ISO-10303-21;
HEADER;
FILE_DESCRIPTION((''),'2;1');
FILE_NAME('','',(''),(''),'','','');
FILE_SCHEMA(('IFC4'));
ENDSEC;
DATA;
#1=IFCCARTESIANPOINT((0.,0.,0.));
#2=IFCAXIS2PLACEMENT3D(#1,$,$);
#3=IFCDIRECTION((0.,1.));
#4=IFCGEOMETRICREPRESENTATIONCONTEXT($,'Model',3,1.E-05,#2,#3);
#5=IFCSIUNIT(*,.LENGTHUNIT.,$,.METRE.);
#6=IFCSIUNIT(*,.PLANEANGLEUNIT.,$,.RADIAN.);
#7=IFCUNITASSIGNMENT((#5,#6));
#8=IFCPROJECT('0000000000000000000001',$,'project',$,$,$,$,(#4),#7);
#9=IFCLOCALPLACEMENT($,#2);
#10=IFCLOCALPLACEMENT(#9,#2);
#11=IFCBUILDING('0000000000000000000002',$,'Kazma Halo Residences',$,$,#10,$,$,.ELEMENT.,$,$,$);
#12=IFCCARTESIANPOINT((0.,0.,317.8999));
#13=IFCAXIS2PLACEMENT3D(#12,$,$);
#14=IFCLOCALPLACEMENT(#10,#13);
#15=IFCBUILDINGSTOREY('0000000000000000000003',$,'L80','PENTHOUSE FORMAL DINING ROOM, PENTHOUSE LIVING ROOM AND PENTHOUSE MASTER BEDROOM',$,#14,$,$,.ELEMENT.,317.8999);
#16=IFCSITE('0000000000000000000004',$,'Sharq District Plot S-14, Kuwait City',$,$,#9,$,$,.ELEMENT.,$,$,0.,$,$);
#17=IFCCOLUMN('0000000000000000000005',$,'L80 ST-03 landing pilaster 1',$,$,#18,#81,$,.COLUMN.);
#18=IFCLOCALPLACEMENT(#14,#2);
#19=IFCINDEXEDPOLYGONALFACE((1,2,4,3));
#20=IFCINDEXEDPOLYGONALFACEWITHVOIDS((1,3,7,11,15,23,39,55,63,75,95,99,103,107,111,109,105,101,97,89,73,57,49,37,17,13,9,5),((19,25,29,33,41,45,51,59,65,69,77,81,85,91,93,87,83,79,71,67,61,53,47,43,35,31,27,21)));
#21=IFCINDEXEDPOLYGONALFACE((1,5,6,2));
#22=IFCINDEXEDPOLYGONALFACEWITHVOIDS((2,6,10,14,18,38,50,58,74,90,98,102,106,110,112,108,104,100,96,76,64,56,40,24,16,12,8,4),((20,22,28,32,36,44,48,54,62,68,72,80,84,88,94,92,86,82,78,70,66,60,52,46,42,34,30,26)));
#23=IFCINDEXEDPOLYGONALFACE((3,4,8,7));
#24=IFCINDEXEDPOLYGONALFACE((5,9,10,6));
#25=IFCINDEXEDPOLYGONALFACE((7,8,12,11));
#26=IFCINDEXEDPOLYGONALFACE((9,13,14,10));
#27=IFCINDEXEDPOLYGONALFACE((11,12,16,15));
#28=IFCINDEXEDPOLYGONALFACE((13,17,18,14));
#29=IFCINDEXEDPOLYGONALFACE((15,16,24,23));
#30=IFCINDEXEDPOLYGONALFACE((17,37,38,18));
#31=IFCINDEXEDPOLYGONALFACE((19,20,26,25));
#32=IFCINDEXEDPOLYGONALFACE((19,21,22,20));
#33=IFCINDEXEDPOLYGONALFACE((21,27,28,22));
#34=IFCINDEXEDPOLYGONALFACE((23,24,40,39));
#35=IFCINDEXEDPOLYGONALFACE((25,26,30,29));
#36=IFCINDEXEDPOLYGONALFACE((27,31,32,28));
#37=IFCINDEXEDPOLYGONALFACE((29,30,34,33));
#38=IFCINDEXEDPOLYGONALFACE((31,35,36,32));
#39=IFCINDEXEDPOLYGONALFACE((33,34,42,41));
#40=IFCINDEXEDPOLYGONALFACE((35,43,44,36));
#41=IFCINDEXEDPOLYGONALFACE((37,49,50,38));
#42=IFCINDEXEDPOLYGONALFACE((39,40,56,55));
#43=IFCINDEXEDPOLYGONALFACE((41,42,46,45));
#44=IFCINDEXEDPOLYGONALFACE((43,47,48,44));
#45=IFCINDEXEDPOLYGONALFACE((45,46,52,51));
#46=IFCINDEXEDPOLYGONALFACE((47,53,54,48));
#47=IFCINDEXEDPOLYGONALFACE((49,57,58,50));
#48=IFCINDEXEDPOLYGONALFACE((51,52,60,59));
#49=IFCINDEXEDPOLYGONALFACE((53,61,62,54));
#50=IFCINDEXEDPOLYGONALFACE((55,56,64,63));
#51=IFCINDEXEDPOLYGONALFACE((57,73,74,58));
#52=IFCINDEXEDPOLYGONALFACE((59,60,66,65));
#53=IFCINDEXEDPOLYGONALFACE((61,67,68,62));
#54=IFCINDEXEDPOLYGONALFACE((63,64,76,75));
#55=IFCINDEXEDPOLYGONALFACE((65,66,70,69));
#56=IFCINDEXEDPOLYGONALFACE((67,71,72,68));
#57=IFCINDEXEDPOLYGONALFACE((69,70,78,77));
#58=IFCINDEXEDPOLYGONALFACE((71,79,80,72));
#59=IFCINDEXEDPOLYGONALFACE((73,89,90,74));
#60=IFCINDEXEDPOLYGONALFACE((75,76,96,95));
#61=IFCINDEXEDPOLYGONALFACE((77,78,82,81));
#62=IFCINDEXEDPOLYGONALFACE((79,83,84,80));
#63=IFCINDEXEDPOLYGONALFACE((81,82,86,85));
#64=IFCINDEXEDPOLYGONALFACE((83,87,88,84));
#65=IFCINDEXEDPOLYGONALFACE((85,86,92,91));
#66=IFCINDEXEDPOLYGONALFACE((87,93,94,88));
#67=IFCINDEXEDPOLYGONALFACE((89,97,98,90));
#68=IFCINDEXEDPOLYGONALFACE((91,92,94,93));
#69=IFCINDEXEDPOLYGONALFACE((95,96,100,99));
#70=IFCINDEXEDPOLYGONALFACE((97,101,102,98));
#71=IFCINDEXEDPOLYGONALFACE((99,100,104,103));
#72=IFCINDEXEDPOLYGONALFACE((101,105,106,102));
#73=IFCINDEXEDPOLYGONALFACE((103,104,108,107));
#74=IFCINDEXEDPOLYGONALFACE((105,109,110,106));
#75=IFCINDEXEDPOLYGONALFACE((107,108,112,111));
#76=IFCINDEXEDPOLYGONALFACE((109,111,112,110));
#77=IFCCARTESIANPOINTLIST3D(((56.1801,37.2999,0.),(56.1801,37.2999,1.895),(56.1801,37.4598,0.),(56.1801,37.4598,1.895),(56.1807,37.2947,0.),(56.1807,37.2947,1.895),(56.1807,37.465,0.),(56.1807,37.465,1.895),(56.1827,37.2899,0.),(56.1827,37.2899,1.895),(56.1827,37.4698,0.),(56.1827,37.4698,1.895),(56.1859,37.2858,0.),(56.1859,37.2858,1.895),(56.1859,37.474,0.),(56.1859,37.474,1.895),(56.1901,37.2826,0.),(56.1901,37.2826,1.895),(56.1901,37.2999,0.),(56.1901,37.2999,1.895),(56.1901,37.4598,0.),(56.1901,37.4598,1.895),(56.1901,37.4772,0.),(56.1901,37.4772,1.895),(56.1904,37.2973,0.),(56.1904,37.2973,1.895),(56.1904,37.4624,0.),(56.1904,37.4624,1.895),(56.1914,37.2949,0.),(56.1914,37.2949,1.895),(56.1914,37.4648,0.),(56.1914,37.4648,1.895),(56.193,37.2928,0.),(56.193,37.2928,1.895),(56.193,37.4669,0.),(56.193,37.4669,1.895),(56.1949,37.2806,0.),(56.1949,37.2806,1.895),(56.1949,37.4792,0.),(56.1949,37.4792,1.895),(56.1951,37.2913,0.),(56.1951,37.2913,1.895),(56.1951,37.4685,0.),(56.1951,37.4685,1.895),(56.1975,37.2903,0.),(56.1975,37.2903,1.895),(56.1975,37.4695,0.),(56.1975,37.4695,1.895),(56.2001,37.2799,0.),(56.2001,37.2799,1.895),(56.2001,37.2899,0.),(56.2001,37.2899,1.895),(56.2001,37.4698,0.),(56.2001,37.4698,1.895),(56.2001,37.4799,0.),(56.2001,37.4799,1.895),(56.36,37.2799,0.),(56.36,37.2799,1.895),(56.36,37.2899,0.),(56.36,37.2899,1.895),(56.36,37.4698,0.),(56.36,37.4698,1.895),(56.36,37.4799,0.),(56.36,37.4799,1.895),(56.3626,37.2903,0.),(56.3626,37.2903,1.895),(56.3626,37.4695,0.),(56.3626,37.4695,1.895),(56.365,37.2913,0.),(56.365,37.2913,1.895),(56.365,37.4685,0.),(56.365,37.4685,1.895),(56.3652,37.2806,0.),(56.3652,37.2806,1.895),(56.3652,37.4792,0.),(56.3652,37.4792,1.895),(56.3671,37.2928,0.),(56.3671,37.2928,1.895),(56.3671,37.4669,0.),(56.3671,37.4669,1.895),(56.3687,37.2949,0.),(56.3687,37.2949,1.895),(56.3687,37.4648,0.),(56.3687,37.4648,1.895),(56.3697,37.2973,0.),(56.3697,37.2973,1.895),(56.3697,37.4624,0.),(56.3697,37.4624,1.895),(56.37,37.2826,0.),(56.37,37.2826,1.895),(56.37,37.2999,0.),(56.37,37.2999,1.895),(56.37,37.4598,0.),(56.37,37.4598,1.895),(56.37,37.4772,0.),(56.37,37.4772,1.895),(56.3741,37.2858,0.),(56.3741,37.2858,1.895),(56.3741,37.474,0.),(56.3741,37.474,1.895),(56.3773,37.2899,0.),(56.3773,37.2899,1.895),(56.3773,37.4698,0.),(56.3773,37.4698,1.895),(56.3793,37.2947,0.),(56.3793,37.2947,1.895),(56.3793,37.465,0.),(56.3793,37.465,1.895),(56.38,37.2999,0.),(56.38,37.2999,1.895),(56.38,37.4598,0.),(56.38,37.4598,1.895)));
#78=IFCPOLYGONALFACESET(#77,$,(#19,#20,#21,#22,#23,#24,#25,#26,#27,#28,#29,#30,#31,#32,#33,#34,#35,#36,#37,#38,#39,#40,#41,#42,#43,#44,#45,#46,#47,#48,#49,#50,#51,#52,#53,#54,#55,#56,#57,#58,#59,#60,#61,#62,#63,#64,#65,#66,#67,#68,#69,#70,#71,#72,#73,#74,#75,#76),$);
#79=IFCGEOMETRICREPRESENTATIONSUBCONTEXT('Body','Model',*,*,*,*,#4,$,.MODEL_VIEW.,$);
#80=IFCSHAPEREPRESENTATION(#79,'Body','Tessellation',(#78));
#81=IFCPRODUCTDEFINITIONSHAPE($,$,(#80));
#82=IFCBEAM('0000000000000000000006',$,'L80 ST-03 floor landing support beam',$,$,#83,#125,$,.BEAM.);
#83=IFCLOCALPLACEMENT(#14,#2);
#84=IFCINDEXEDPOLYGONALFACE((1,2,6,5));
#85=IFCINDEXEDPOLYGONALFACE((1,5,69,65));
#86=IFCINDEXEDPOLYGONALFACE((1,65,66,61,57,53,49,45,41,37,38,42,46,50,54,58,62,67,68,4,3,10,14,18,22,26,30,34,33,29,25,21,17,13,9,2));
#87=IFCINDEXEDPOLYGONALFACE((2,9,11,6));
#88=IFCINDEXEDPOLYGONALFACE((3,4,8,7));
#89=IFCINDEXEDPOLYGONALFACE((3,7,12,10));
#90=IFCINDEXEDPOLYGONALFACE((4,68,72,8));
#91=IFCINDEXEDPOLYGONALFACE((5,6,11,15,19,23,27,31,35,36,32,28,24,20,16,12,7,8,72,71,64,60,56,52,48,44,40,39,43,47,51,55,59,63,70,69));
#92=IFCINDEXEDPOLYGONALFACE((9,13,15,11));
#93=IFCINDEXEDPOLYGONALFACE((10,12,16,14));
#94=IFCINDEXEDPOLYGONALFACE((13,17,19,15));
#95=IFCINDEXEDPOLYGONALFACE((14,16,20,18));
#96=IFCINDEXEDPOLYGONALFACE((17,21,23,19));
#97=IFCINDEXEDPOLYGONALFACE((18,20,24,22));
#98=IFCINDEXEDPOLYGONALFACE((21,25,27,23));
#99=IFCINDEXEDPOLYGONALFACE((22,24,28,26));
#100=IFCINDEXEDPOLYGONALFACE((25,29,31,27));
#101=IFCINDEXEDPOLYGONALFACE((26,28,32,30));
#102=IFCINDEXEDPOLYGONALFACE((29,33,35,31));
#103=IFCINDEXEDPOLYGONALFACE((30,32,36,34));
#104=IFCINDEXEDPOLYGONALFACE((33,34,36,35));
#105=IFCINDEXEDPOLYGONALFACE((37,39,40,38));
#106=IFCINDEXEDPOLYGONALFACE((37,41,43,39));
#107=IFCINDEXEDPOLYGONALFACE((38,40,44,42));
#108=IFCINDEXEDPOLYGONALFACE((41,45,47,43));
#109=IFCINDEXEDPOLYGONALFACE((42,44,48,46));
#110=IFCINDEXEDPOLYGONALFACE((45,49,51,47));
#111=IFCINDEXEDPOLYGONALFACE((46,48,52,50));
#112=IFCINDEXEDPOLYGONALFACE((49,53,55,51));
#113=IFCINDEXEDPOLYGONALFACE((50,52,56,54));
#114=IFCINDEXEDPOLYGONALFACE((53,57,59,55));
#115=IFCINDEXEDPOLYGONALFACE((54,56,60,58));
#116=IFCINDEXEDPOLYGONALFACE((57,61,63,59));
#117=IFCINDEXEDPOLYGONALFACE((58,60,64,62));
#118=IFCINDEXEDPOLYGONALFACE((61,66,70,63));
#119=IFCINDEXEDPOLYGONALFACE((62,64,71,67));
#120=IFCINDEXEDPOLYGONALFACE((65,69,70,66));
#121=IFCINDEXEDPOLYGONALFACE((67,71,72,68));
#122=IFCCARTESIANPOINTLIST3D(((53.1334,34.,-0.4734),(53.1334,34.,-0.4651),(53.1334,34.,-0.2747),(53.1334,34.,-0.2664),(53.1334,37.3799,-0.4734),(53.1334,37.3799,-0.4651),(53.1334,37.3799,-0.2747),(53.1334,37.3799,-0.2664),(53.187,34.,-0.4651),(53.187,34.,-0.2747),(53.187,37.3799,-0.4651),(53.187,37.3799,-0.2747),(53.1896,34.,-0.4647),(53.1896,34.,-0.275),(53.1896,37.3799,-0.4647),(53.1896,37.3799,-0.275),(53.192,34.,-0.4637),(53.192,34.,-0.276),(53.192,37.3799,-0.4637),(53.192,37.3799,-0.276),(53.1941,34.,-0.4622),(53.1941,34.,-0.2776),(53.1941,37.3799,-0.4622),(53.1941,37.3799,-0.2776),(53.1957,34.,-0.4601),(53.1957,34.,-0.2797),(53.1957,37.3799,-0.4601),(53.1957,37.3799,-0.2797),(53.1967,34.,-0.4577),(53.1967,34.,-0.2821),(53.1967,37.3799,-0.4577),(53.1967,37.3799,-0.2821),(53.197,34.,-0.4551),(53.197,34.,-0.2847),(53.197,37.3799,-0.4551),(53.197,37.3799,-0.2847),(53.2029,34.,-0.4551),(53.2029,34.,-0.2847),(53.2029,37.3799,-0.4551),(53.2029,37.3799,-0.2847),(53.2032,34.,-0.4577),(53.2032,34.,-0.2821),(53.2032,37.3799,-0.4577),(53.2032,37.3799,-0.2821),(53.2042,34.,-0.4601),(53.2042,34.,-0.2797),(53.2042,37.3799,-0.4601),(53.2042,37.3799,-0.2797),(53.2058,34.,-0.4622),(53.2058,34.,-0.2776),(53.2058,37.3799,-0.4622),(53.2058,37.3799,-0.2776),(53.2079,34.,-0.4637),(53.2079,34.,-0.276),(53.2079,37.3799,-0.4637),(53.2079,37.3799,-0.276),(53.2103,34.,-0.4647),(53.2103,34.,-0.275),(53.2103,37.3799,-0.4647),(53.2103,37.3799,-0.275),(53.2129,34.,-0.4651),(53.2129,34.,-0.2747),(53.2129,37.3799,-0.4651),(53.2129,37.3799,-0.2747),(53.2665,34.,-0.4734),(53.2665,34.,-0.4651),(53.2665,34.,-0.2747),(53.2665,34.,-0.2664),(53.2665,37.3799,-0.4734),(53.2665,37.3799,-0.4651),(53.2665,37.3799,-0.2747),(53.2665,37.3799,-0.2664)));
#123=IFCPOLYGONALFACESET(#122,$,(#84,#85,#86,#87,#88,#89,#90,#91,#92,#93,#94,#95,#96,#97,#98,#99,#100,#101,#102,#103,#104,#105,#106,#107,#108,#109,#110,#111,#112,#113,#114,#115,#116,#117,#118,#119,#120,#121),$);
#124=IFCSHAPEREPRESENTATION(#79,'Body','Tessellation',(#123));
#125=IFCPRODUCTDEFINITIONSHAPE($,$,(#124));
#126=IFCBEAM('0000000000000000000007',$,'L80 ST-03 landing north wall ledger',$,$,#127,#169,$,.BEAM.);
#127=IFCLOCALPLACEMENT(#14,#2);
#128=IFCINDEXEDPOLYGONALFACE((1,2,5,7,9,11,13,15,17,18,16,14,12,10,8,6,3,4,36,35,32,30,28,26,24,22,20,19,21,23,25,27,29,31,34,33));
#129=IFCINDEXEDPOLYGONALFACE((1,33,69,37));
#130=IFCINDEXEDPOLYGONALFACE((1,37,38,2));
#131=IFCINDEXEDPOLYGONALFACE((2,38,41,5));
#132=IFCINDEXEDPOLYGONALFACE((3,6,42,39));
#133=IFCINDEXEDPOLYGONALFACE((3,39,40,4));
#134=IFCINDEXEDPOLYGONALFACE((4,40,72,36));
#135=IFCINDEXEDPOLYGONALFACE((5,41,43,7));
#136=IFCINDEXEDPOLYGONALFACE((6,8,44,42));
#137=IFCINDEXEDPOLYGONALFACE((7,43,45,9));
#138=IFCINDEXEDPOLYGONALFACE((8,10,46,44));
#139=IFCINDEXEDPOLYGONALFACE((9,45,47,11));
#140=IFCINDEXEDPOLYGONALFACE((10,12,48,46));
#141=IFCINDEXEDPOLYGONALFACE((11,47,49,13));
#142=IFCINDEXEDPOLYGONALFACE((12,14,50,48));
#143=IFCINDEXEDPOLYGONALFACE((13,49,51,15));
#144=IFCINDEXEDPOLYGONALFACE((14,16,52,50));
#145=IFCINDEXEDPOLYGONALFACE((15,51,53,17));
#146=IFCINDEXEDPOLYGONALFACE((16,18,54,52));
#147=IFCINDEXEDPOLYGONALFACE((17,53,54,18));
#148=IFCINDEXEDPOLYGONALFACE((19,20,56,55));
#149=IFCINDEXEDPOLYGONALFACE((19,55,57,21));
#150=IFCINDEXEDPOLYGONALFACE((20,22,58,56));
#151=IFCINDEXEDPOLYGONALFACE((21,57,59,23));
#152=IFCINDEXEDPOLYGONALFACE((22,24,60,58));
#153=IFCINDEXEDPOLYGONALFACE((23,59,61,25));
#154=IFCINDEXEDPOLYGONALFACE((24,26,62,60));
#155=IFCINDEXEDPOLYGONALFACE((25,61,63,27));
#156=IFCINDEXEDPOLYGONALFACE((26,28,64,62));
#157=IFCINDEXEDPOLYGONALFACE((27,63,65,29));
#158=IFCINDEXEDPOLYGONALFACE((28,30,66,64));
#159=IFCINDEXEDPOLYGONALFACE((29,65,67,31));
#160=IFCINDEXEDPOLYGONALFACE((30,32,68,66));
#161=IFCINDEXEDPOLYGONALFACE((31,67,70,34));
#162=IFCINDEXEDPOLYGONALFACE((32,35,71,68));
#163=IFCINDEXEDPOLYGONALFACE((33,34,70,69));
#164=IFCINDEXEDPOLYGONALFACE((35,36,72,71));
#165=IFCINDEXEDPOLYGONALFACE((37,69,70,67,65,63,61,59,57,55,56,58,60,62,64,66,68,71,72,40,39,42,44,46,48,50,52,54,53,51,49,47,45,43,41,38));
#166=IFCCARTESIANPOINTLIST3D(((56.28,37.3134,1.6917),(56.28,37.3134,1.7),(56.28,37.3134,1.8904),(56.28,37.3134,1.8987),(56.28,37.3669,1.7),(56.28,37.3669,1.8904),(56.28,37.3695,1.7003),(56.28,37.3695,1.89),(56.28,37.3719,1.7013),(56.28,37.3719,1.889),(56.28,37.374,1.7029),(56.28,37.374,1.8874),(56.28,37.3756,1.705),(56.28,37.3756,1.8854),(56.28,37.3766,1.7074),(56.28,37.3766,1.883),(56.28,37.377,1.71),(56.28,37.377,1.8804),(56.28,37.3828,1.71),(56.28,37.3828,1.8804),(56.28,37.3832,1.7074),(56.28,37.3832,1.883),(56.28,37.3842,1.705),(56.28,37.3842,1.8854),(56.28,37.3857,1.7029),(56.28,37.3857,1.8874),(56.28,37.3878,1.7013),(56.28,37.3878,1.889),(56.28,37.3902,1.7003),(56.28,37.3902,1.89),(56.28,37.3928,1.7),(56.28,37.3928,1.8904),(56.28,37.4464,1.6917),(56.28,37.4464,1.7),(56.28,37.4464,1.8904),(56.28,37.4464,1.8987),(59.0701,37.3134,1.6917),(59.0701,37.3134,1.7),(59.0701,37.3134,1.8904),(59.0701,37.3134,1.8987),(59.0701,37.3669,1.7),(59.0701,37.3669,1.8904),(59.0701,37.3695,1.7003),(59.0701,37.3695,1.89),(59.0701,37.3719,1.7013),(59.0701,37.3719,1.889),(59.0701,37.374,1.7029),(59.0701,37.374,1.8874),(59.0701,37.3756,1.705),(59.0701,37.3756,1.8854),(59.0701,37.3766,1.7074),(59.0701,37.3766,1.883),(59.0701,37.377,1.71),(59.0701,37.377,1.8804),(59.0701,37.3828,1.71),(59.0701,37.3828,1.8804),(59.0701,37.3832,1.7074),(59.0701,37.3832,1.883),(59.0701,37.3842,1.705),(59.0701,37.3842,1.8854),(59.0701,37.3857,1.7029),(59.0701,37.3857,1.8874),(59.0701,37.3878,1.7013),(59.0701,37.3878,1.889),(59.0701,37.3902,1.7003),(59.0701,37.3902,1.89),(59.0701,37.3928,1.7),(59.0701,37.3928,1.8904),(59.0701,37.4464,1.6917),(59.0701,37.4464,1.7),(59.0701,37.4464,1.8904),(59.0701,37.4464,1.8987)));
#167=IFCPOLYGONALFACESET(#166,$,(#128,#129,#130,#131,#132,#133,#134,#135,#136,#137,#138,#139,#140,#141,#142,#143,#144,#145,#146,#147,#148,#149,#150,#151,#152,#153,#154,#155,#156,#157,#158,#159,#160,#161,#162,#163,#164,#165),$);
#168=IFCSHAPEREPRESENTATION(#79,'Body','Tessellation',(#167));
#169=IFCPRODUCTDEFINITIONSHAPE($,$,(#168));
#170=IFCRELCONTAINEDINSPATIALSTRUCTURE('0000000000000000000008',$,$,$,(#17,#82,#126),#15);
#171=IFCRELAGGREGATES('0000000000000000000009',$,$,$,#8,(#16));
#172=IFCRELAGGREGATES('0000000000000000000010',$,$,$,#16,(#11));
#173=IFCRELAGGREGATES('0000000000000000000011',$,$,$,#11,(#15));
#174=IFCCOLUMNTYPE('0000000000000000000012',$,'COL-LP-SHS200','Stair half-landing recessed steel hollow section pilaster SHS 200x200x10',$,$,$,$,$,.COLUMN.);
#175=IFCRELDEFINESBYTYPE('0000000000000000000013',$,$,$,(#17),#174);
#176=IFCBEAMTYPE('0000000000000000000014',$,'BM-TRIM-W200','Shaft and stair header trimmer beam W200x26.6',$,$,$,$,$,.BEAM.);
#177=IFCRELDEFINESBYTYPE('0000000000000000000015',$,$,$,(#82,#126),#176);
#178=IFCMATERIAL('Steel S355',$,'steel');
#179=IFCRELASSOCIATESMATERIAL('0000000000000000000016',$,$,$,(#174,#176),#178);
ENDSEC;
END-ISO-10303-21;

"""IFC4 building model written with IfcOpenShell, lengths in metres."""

from ifc_helpers import new_model, si_unit, direction, frame, origin, origin_2d, place, context, subcontext, project, spatial, hollow_rectangle, i_section, extrude, material, material_profile, profile_set, type_object, element, save


model = new_model("IFC4")

# Units and contexts
model_context = context("Model", 3, precision=1e-05, world=origin(), true_north=direction((0.0, 1.0)))
body_context = subcontext(model_context, "Body", "Model", "MODEL_VIEW")
ifc_project = project(units=[si_unit("LENGTHUNIT", "METRE"), si_unit("PLANEANGLEUNIT", "RADIAN")], contexts=[model_context])

# Site, building, storey
site_placement = place(None, origin())
site = spatial("IfcSite", under=ifc_project, at=site_placement, Name="Sharq District Plot S-14, Kuwait City", CompositionType="ELEMENT", RefElevation=0.0)
building_placement = place(site_placement, origin())
building = spatial("IfcBuilding", under=site, at=building_placement, Name="Kazma Halo Residences", CompositionType="ELEMENT")
storey_placement = place(building_placement, frame((0.0, 0.0, 317.8999)))
storey = spatial("IfcBuildingStorey", under=building, at=storey_placement, Name="L80", Description="PENTHOUSE FORMAL DINING ROOM, PENTHOUSE LIVING ROOM AND PENTHOUSE MASTER BEDROOM", CompositionType="ELEMENT", Elevation=317.8999)

# Column
ifc_material_1 = material(Name="Steel S355", Category="steel")
ifc_material_profile_1 = material_profile(ifc_material_1, hollow_rectangle(XDim=0.2, YDim=0.2, WallThickness=0.01, InnerFilletRadius=0.01, OuterFilletRadius=0.02, at=origin_2d()), Name="SHS200x200x10")
ifc_profile_set_1 = profile_set([ifc_material_profile_1], Name="Steel S355")
column_type = type_object("IfcColumnType", Name="COL-LP-SHS200", Description="Stair half-landing recessed steel hollow section pilaster SHS 200x200x10", PredefinedType="COLUMN", material=ifc_profile_set_1)
column_placement = place(storey_placement, frame((56.28, 37.3799, 0.0), z_axis=(0.0, 0.0, 1.0), x_axis=(1.0, 0.0, 0.0)))
element("IfcColumn", 1, at=column_placement, inside=storey, type_object=column_type, Name="L80 ST-03 landing pilaster 1", PredefinedType="COLUMN", context=body_context, shape_type="SweptSolid", body=[
    extrude(hollow_rectangle(XDim=0.2, YDim=0.2, WallThickness=0.01, InnerFilletRadius=0.01, OuterFilletRadius=0.02, at=origin_2d()), origin(), (0.0, 0.0, 1.0), 1.895),
])

# Beams
ifc_material_profile_2 = material_profile(ifc_material_1, i_section(OverallWidth=0.1331, OverallDepth=0.207, WebThickness=0.0059, FlangeThickness=0.0083, FilletRadius=0.01, at=origin_2d()), Name="W200x26.6")
ifc_profile_set_2 = profile_set([ifc_material_profile_2], Name="Steel S355")
beam_type = type_object("IfcBeamType", Name="BM-TRIM-W200", Description="Shaft and stair header trimmer beam W200x26.6", PredefinedType="BEAM", material=ifc_profile_set_2)
beam_1_placement = place(storey_placement, frame((53.2, 34.0, -0.3699), z_axis=(0.0, 1.0, 0.0), x_axis=(-1.0, 0.0, 0.0)))
element("IfcBeam", 2, at=beam_1_placement, inside=storey, type_object=beam_type, Name="L80 ST-03 floor landing support beam", PredefinedType="BEAM", context=body_context, shape_type="SweptSolid", body=[
    extrude(i_section(OverallWidth=0.1331, OverallDepth=0.207, WebThickness=0.0059, FlangeThickness=0.0083, FilletRadius=0.01, at=origin_2d()), origin(), (0.0, 0.0, 1.0), 3.3799),
])
beam_2_placement = place(storey_placement, frame((56.28, 37.3799, 1.7952), z_axis=(1.0, 0.0, 0.0), x_axis=(0.0, 1.0, 0.0)))
element("IfcBeam", 3, at=beam_2_placement, inside=storey, type_object=beam_type, Name="L80 ST-03 landing north wall ledger", PredefinedType="BEAM", context=body_context, shape_type="SweptSolid", body=[
    extrude(i_section(OverallWidth=0.1331, OverallDepth=0.207, WebThickness=0.0059, FlangeThickness=0.0083, FilletRadius=0.01, at=origin_2d()), origin(), (0.0, 0.0, 1.0), 2.79),
])

save(model, "model.ifc")
